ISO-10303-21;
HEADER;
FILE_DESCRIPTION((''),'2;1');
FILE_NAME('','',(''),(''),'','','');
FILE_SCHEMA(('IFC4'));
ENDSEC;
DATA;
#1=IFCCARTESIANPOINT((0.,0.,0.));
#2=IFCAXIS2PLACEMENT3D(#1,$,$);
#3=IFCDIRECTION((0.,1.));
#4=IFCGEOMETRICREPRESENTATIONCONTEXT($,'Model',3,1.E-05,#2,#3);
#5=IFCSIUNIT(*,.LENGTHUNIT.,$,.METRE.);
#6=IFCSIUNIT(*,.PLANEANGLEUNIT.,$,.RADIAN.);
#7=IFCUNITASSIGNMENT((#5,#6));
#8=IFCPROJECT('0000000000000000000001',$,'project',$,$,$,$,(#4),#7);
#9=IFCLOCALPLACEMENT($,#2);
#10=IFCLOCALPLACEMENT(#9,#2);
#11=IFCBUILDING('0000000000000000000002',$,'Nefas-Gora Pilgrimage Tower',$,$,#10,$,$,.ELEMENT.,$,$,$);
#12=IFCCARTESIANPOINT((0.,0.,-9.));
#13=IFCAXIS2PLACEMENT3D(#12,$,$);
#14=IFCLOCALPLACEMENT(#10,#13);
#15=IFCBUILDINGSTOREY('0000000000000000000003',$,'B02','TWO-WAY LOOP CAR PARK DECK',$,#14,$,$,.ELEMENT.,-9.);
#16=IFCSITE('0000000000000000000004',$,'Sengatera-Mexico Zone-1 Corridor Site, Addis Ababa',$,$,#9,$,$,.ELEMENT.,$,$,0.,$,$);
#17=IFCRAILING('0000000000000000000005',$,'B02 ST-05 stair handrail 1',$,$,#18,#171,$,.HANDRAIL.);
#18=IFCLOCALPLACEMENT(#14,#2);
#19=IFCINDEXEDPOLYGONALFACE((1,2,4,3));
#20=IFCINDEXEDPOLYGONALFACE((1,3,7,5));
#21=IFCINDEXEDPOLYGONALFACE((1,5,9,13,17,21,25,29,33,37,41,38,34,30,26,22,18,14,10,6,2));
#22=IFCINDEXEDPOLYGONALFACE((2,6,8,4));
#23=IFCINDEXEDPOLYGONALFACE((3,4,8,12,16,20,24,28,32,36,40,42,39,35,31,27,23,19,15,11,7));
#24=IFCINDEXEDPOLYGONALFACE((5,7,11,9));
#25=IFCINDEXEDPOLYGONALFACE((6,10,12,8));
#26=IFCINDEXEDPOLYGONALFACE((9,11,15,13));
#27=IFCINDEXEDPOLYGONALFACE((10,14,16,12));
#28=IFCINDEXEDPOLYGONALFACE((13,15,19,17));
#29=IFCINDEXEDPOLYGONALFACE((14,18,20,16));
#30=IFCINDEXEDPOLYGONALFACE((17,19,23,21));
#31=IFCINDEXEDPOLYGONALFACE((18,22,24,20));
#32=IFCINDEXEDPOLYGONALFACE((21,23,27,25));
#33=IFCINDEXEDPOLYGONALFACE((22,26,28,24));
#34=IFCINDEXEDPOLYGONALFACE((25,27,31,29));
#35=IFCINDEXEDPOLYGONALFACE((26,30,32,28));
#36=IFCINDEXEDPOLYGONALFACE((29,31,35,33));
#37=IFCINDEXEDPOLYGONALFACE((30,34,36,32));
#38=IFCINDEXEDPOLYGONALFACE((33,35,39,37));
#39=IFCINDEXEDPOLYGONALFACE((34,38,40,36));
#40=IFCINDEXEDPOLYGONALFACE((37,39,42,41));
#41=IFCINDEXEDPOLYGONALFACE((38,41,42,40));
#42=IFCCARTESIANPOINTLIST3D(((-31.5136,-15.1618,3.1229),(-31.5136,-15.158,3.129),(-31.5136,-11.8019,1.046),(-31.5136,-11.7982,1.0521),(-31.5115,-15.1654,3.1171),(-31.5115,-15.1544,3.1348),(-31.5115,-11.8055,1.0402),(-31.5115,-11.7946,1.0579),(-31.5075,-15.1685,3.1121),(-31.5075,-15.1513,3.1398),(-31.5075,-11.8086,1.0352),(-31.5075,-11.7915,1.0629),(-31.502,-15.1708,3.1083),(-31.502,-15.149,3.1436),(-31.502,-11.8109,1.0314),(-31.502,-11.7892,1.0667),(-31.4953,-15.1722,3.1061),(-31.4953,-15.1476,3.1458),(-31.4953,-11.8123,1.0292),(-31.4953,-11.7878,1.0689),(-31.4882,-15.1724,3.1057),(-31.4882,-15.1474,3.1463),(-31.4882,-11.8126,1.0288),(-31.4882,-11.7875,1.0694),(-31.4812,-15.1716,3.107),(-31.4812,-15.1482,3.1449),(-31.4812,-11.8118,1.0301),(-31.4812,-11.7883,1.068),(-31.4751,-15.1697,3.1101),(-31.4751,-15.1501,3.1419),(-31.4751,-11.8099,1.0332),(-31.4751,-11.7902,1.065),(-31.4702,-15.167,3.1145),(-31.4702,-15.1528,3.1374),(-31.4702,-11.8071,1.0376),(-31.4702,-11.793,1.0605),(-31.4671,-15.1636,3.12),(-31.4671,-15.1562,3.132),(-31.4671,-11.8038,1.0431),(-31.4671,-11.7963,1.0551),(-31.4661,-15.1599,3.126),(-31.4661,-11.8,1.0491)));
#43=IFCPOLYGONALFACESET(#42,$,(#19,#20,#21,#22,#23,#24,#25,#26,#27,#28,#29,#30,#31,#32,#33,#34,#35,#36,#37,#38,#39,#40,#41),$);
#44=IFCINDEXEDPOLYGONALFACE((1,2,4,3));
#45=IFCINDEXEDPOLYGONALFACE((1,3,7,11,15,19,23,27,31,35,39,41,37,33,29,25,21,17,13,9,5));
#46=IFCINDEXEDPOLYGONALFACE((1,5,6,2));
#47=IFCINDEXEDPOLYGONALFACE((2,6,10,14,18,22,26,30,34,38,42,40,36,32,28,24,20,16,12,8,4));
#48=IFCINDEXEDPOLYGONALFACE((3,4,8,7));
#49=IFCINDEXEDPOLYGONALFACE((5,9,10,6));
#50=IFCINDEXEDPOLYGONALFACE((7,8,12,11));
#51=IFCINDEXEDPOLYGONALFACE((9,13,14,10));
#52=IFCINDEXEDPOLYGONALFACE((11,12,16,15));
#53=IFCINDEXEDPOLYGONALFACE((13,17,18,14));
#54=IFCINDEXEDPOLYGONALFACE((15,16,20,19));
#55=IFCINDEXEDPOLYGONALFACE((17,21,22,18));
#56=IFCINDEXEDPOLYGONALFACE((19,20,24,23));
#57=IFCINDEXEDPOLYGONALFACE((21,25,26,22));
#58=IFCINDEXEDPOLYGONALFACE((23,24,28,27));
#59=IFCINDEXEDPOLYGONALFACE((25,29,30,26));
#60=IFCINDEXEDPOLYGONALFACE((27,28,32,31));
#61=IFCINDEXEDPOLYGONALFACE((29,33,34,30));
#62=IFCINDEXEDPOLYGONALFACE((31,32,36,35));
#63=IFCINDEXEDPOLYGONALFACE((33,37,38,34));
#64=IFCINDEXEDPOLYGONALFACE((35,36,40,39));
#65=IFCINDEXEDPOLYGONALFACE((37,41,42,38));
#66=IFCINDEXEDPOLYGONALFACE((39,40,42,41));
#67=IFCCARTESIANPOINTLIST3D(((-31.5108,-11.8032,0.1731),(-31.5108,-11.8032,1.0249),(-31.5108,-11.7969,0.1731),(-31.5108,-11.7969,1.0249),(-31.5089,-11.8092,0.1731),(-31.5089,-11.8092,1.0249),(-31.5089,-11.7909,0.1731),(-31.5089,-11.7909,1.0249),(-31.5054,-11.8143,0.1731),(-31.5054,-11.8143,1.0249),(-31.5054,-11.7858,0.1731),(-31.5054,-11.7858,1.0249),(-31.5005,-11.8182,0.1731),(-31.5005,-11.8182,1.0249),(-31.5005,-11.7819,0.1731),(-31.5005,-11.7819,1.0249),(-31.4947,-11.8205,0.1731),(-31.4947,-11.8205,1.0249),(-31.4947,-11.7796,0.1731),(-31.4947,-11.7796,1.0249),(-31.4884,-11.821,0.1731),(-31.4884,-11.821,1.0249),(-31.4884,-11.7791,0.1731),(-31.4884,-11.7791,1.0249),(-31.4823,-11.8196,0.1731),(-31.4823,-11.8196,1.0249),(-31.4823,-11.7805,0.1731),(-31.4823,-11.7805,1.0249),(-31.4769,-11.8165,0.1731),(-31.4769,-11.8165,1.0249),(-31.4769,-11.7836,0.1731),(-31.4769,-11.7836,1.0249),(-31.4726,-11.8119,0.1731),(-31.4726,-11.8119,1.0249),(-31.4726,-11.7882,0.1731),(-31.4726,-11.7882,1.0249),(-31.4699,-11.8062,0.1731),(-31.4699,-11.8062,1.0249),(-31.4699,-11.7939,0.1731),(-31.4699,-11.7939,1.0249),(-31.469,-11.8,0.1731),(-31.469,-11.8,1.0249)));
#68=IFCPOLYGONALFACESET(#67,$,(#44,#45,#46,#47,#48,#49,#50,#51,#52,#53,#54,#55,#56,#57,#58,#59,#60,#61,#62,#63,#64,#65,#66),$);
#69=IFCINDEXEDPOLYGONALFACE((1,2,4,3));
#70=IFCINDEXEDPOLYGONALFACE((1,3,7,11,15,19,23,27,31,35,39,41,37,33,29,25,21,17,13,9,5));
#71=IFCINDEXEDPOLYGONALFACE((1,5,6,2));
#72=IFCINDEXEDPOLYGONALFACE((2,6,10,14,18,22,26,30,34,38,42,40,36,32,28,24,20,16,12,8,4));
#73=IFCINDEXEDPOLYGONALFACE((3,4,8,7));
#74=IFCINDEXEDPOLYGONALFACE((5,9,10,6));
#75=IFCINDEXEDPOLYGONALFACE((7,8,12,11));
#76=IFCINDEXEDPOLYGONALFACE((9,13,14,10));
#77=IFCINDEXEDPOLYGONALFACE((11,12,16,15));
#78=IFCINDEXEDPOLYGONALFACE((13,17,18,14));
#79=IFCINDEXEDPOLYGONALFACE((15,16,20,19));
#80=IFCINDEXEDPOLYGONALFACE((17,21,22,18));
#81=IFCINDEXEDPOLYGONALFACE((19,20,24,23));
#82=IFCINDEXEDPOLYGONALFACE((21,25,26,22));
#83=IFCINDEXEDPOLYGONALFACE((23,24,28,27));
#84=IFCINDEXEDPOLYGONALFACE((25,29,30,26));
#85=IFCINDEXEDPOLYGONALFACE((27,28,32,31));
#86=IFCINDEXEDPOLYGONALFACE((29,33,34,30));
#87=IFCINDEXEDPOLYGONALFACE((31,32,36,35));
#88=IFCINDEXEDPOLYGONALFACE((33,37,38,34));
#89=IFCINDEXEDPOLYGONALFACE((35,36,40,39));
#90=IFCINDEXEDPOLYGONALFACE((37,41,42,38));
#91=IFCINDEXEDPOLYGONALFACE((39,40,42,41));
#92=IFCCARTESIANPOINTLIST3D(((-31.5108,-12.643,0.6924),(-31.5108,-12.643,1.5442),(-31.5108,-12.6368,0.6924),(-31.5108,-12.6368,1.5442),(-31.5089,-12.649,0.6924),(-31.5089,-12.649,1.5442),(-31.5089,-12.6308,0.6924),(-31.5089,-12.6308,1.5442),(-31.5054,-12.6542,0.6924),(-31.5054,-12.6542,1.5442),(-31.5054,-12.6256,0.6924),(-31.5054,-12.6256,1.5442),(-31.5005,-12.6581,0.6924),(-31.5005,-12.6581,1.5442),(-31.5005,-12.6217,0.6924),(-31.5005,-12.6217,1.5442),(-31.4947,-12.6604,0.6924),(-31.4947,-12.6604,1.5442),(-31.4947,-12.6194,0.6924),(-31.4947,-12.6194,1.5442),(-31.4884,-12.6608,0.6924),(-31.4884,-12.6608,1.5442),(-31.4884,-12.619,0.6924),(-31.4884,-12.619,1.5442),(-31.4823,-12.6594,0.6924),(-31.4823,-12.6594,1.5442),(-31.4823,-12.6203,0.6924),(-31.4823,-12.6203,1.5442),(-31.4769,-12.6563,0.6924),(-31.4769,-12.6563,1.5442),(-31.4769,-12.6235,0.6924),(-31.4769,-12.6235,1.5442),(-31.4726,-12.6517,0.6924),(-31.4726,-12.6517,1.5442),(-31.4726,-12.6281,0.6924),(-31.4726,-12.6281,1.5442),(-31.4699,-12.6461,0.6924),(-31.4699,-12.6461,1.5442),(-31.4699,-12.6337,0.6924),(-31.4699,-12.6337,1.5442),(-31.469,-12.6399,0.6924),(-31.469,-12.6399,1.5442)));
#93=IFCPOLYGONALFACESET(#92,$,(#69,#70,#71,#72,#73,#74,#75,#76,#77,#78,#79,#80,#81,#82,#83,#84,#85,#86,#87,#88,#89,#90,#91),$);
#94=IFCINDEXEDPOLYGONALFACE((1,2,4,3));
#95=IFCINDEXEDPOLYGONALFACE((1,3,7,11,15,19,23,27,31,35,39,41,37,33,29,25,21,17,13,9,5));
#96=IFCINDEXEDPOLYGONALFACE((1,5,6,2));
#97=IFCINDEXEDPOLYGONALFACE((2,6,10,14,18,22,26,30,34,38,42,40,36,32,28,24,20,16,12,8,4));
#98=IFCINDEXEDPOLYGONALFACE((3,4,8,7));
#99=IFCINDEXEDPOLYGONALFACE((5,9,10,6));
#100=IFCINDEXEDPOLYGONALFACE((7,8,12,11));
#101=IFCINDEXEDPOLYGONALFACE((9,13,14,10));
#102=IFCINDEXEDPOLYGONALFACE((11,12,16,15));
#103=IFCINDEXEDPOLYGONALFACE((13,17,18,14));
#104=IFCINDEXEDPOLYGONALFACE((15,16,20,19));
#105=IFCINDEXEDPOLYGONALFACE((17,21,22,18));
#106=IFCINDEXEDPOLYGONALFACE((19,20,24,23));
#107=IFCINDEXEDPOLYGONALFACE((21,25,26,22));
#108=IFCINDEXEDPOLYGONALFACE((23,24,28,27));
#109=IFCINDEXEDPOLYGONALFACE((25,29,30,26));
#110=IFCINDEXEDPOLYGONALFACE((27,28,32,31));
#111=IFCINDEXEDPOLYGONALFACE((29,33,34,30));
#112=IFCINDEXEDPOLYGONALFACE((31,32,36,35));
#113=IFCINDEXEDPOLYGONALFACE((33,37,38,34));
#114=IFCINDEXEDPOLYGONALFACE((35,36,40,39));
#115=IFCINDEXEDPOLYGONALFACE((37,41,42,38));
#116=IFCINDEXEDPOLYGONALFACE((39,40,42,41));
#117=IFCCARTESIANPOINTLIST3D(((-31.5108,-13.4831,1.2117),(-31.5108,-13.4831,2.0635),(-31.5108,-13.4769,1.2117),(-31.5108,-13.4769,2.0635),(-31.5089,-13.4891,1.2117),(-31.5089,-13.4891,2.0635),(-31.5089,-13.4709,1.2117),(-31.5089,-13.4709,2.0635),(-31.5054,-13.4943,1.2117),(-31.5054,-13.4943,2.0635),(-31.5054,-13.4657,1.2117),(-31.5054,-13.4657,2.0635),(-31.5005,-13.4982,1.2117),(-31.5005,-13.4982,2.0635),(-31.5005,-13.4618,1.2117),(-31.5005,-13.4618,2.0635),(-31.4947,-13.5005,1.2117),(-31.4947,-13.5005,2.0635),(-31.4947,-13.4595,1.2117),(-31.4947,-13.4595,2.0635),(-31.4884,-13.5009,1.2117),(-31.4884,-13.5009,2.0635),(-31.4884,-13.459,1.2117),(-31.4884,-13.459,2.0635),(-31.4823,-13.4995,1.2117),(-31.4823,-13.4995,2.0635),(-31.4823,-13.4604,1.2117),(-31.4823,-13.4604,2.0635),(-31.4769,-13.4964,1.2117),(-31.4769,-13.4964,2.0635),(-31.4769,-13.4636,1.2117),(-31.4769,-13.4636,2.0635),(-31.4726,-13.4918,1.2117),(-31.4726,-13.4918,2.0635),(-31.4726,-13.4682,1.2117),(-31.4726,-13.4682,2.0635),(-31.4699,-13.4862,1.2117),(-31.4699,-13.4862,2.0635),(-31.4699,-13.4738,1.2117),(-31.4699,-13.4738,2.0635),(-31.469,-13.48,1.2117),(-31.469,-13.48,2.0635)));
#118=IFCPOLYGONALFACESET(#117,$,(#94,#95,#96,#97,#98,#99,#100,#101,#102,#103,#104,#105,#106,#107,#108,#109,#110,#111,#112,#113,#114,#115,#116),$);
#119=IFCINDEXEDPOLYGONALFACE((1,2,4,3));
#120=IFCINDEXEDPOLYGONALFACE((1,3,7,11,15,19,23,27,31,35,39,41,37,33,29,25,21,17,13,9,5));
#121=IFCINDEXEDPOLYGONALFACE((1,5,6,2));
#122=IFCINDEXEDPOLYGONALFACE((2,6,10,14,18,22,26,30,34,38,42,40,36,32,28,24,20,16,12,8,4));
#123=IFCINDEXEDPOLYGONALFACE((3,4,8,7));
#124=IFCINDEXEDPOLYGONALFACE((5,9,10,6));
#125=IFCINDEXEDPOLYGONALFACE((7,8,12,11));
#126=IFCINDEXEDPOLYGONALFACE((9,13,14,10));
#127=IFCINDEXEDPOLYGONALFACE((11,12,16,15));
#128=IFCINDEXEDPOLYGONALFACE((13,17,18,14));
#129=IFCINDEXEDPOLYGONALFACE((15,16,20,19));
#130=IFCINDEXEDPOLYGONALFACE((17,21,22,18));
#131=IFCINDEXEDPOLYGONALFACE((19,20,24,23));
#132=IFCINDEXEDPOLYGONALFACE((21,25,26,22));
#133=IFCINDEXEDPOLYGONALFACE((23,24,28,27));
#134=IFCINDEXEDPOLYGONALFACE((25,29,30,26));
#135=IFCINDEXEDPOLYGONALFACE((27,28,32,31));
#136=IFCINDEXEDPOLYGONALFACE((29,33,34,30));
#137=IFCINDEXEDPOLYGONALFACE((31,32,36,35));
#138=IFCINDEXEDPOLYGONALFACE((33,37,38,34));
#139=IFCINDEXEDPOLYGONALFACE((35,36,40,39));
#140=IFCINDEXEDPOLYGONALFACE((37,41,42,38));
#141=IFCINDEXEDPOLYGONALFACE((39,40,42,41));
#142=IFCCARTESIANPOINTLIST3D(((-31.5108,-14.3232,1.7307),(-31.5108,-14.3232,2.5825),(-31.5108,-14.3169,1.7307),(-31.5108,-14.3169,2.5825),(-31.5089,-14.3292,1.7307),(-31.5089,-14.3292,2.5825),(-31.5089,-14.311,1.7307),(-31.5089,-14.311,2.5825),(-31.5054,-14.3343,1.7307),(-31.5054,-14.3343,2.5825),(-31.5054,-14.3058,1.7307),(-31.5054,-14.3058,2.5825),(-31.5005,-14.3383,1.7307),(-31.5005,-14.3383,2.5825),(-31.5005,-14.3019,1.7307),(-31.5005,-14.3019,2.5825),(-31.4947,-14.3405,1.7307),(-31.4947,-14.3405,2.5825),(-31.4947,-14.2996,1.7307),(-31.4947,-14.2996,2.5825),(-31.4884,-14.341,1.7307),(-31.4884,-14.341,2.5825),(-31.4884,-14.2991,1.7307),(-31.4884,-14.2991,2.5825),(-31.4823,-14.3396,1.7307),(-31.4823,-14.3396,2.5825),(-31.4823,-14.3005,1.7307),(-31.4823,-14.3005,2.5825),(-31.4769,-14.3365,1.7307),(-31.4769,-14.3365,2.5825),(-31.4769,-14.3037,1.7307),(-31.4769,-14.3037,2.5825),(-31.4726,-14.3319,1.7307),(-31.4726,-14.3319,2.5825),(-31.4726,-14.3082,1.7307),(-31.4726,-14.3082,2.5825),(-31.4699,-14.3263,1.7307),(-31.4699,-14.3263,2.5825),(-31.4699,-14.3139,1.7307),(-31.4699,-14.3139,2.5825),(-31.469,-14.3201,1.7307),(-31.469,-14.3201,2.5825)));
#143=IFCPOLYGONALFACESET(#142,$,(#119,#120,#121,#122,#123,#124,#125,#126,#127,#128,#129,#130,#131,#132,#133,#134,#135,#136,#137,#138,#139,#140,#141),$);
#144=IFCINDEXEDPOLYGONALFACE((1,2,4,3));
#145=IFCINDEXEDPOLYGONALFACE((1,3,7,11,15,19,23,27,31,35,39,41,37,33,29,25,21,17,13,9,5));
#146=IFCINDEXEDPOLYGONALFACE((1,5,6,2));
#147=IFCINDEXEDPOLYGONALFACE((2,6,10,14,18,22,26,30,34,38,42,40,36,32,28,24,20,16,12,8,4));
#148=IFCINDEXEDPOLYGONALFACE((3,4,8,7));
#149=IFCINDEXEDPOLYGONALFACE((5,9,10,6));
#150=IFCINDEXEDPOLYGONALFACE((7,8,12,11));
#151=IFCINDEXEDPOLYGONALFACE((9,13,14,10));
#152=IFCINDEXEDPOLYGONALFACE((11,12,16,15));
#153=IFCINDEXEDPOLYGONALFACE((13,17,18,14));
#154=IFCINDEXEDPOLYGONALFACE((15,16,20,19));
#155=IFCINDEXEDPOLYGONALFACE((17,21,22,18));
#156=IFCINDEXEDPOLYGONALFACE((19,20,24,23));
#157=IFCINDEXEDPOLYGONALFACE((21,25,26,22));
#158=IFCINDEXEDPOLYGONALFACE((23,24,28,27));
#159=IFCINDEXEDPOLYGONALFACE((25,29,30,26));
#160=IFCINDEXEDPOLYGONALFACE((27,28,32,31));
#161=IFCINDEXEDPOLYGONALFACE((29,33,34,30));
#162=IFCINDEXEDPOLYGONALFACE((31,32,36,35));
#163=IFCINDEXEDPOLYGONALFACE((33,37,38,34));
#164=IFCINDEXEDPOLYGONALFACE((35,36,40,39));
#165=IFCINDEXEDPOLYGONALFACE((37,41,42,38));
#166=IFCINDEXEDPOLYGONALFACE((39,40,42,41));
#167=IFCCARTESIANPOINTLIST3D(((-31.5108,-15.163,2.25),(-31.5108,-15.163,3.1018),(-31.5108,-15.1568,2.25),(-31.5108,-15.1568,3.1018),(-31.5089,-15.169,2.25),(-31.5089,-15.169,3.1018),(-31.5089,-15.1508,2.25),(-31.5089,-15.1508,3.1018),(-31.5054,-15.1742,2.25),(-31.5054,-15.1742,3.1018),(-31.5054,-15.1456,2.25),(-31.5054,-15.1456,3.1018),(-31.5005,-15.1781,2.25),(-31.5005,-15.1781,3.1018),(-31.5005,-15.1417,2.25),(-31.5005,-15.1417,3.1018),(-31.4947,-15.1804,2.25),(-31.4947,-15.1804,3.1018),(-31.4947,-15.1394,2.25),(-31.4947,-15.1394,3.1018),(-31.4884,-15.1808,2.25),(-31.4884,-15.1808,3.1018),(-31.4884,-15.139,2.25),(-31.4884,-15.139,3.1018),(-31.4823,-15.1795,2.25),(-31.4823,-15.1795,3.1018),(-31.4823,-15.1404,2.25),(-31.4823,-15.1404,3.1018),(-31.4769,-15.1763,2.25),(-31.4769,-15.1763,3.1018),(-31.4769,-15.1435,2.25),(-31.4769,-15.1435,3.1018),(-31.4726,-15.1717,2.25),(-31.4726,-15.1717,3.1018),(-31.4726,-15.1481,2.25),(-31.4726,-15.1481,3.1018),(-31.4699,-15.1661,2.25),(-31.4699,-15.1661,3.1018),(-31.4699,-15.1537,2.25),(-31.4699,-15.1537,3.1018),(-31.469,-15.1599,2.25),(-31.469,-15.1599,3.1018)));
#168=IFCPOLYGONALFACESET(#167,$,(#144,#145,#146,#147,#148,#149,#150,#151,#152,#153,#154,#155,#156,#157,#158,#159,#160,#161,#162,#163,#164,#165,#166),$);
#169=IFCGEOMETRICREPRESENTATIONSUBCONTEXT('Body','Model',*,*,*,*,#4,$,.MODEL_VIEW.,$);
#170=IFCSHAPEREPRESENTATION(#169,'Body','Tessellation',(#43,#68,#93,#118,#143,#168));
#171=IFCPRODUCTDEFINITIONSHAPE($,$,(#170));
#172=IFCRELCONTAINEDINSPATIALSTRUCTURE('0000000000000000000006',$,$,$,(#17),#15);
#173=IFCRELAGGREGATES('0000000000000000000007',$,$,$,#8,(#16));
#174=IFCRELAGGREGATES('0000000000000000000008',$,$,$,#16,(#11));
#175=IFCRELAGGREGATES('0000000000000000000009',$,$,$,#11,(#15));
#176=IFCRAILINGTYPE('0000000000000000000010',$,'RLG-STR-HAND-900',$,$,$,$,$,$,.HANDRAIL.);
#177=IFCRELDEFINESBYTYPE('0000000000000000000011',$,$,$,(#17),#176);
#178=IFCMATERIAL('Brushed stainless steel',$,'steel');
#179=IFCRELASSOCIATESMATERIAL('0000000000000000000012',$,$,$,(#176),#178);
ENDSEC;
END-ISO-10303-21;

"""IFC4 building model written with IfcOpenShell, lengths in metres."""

from ifc_helpers import new_model, si_unit, direction, frame, origin, origin_2d, place, context, subcontext, project, spatial, circle, extrude, material, type_object, element, save


model = new_model("IFC4")

# Units and contexts
model_context = context("Model", 3, precision=1e-05, world=origin(), true_north=direction((0.0, 1.0)))
body_context = subcontext(model_context, "Body", "Model", "MODEL_VIEW")
ifc_project = project(units=[si_unit("LENGTHUNIT", "METRE"), si_unit("PLANEANGLEUNIT", "RADIAN")], contexts=[model_context])

# Site, building, storey
site_placement = place(None, origin())
site = spatial("IfcSite", under=ifc_project, at=site_placement, Name="Sengatera-Mexico Zone-1 Corridor Site, Addis Ababa", CompositionType="ELEMENT", RefElevation=0.0)
building_placement = place(site_placement, origin())
building = spatial("IfcBuilding", under=site, at=building_placement, Name="Nefas-Gora Pilgrimage Tower", CompositionType="ELEMENT")
storey_placement = place(building_placement, frame((0.0, 0.0, -9.0)))
storey = spatial("IfcBuildingStorey", under=building, at=storey_placement, Name="B02", Description="TWO-WAY LOOP CAR PARK DECK", CompositionType="ELEMENT", Elevation=-9.0)

# Railing
ifc_material_1 = material(Name="Brushed stainless steel", Category="steel")
railing_type_1 = type_object("IfcRailingType", Name="RLG-STR-HAND-900", PredefinedType="HANDRAIL", material=ifc_material_1)
railing_1_placement = place(storey_placement, frame((-31.49, -11.8, 0.1731)))
element("IfcRailing", 1, at=railing_1_placement, inside=storey, type_object=railing_type_1, Name="B02 ST-05 stair handrail 1", PredefinedType="HANDRAIL", context=body_context, shape_type="SweptSolid", body=[
    extrude(circle(Radius=0.0239, at=origin_2d()), frame((0.0, 0.0, 0.876), z_axis=(0.0, -0.850606, 0.525803), x_axis=(1.0, 0.0, 0.0)), (0.0, 0.0, 1.0), 3.95),
    extrude(circle(Radius=0.021, at=origin_2d()), origin(), (0.0, 0.0, 1.0), 0.8518),
    extrude(circle(Radius=0.021, at=origin_2d()), frame((0.0, -0.8398, 0.5193)), (0.0, 0.0, 1.0), 0.8518),
    extrude(circle(Radius=0.021, at=origin_2d()), frame((0.0, -1.6799, 1.0386)), (0.0, 0.0, 1.0), 0.8518),
    extrude(circle(Radius=0.021, at=origin_2d()), frame((0.0, -2.52, 1.5576)), (0.0, 0.0, 1.0), 0.8518),
    extrude(circle(Radius=0.021, at=origin_2d()), frame((0.0, -3.3599, 2.0769)), (0.0, 0.0, 1.0), 0.8518),
])

save(model, "model.ifc")
